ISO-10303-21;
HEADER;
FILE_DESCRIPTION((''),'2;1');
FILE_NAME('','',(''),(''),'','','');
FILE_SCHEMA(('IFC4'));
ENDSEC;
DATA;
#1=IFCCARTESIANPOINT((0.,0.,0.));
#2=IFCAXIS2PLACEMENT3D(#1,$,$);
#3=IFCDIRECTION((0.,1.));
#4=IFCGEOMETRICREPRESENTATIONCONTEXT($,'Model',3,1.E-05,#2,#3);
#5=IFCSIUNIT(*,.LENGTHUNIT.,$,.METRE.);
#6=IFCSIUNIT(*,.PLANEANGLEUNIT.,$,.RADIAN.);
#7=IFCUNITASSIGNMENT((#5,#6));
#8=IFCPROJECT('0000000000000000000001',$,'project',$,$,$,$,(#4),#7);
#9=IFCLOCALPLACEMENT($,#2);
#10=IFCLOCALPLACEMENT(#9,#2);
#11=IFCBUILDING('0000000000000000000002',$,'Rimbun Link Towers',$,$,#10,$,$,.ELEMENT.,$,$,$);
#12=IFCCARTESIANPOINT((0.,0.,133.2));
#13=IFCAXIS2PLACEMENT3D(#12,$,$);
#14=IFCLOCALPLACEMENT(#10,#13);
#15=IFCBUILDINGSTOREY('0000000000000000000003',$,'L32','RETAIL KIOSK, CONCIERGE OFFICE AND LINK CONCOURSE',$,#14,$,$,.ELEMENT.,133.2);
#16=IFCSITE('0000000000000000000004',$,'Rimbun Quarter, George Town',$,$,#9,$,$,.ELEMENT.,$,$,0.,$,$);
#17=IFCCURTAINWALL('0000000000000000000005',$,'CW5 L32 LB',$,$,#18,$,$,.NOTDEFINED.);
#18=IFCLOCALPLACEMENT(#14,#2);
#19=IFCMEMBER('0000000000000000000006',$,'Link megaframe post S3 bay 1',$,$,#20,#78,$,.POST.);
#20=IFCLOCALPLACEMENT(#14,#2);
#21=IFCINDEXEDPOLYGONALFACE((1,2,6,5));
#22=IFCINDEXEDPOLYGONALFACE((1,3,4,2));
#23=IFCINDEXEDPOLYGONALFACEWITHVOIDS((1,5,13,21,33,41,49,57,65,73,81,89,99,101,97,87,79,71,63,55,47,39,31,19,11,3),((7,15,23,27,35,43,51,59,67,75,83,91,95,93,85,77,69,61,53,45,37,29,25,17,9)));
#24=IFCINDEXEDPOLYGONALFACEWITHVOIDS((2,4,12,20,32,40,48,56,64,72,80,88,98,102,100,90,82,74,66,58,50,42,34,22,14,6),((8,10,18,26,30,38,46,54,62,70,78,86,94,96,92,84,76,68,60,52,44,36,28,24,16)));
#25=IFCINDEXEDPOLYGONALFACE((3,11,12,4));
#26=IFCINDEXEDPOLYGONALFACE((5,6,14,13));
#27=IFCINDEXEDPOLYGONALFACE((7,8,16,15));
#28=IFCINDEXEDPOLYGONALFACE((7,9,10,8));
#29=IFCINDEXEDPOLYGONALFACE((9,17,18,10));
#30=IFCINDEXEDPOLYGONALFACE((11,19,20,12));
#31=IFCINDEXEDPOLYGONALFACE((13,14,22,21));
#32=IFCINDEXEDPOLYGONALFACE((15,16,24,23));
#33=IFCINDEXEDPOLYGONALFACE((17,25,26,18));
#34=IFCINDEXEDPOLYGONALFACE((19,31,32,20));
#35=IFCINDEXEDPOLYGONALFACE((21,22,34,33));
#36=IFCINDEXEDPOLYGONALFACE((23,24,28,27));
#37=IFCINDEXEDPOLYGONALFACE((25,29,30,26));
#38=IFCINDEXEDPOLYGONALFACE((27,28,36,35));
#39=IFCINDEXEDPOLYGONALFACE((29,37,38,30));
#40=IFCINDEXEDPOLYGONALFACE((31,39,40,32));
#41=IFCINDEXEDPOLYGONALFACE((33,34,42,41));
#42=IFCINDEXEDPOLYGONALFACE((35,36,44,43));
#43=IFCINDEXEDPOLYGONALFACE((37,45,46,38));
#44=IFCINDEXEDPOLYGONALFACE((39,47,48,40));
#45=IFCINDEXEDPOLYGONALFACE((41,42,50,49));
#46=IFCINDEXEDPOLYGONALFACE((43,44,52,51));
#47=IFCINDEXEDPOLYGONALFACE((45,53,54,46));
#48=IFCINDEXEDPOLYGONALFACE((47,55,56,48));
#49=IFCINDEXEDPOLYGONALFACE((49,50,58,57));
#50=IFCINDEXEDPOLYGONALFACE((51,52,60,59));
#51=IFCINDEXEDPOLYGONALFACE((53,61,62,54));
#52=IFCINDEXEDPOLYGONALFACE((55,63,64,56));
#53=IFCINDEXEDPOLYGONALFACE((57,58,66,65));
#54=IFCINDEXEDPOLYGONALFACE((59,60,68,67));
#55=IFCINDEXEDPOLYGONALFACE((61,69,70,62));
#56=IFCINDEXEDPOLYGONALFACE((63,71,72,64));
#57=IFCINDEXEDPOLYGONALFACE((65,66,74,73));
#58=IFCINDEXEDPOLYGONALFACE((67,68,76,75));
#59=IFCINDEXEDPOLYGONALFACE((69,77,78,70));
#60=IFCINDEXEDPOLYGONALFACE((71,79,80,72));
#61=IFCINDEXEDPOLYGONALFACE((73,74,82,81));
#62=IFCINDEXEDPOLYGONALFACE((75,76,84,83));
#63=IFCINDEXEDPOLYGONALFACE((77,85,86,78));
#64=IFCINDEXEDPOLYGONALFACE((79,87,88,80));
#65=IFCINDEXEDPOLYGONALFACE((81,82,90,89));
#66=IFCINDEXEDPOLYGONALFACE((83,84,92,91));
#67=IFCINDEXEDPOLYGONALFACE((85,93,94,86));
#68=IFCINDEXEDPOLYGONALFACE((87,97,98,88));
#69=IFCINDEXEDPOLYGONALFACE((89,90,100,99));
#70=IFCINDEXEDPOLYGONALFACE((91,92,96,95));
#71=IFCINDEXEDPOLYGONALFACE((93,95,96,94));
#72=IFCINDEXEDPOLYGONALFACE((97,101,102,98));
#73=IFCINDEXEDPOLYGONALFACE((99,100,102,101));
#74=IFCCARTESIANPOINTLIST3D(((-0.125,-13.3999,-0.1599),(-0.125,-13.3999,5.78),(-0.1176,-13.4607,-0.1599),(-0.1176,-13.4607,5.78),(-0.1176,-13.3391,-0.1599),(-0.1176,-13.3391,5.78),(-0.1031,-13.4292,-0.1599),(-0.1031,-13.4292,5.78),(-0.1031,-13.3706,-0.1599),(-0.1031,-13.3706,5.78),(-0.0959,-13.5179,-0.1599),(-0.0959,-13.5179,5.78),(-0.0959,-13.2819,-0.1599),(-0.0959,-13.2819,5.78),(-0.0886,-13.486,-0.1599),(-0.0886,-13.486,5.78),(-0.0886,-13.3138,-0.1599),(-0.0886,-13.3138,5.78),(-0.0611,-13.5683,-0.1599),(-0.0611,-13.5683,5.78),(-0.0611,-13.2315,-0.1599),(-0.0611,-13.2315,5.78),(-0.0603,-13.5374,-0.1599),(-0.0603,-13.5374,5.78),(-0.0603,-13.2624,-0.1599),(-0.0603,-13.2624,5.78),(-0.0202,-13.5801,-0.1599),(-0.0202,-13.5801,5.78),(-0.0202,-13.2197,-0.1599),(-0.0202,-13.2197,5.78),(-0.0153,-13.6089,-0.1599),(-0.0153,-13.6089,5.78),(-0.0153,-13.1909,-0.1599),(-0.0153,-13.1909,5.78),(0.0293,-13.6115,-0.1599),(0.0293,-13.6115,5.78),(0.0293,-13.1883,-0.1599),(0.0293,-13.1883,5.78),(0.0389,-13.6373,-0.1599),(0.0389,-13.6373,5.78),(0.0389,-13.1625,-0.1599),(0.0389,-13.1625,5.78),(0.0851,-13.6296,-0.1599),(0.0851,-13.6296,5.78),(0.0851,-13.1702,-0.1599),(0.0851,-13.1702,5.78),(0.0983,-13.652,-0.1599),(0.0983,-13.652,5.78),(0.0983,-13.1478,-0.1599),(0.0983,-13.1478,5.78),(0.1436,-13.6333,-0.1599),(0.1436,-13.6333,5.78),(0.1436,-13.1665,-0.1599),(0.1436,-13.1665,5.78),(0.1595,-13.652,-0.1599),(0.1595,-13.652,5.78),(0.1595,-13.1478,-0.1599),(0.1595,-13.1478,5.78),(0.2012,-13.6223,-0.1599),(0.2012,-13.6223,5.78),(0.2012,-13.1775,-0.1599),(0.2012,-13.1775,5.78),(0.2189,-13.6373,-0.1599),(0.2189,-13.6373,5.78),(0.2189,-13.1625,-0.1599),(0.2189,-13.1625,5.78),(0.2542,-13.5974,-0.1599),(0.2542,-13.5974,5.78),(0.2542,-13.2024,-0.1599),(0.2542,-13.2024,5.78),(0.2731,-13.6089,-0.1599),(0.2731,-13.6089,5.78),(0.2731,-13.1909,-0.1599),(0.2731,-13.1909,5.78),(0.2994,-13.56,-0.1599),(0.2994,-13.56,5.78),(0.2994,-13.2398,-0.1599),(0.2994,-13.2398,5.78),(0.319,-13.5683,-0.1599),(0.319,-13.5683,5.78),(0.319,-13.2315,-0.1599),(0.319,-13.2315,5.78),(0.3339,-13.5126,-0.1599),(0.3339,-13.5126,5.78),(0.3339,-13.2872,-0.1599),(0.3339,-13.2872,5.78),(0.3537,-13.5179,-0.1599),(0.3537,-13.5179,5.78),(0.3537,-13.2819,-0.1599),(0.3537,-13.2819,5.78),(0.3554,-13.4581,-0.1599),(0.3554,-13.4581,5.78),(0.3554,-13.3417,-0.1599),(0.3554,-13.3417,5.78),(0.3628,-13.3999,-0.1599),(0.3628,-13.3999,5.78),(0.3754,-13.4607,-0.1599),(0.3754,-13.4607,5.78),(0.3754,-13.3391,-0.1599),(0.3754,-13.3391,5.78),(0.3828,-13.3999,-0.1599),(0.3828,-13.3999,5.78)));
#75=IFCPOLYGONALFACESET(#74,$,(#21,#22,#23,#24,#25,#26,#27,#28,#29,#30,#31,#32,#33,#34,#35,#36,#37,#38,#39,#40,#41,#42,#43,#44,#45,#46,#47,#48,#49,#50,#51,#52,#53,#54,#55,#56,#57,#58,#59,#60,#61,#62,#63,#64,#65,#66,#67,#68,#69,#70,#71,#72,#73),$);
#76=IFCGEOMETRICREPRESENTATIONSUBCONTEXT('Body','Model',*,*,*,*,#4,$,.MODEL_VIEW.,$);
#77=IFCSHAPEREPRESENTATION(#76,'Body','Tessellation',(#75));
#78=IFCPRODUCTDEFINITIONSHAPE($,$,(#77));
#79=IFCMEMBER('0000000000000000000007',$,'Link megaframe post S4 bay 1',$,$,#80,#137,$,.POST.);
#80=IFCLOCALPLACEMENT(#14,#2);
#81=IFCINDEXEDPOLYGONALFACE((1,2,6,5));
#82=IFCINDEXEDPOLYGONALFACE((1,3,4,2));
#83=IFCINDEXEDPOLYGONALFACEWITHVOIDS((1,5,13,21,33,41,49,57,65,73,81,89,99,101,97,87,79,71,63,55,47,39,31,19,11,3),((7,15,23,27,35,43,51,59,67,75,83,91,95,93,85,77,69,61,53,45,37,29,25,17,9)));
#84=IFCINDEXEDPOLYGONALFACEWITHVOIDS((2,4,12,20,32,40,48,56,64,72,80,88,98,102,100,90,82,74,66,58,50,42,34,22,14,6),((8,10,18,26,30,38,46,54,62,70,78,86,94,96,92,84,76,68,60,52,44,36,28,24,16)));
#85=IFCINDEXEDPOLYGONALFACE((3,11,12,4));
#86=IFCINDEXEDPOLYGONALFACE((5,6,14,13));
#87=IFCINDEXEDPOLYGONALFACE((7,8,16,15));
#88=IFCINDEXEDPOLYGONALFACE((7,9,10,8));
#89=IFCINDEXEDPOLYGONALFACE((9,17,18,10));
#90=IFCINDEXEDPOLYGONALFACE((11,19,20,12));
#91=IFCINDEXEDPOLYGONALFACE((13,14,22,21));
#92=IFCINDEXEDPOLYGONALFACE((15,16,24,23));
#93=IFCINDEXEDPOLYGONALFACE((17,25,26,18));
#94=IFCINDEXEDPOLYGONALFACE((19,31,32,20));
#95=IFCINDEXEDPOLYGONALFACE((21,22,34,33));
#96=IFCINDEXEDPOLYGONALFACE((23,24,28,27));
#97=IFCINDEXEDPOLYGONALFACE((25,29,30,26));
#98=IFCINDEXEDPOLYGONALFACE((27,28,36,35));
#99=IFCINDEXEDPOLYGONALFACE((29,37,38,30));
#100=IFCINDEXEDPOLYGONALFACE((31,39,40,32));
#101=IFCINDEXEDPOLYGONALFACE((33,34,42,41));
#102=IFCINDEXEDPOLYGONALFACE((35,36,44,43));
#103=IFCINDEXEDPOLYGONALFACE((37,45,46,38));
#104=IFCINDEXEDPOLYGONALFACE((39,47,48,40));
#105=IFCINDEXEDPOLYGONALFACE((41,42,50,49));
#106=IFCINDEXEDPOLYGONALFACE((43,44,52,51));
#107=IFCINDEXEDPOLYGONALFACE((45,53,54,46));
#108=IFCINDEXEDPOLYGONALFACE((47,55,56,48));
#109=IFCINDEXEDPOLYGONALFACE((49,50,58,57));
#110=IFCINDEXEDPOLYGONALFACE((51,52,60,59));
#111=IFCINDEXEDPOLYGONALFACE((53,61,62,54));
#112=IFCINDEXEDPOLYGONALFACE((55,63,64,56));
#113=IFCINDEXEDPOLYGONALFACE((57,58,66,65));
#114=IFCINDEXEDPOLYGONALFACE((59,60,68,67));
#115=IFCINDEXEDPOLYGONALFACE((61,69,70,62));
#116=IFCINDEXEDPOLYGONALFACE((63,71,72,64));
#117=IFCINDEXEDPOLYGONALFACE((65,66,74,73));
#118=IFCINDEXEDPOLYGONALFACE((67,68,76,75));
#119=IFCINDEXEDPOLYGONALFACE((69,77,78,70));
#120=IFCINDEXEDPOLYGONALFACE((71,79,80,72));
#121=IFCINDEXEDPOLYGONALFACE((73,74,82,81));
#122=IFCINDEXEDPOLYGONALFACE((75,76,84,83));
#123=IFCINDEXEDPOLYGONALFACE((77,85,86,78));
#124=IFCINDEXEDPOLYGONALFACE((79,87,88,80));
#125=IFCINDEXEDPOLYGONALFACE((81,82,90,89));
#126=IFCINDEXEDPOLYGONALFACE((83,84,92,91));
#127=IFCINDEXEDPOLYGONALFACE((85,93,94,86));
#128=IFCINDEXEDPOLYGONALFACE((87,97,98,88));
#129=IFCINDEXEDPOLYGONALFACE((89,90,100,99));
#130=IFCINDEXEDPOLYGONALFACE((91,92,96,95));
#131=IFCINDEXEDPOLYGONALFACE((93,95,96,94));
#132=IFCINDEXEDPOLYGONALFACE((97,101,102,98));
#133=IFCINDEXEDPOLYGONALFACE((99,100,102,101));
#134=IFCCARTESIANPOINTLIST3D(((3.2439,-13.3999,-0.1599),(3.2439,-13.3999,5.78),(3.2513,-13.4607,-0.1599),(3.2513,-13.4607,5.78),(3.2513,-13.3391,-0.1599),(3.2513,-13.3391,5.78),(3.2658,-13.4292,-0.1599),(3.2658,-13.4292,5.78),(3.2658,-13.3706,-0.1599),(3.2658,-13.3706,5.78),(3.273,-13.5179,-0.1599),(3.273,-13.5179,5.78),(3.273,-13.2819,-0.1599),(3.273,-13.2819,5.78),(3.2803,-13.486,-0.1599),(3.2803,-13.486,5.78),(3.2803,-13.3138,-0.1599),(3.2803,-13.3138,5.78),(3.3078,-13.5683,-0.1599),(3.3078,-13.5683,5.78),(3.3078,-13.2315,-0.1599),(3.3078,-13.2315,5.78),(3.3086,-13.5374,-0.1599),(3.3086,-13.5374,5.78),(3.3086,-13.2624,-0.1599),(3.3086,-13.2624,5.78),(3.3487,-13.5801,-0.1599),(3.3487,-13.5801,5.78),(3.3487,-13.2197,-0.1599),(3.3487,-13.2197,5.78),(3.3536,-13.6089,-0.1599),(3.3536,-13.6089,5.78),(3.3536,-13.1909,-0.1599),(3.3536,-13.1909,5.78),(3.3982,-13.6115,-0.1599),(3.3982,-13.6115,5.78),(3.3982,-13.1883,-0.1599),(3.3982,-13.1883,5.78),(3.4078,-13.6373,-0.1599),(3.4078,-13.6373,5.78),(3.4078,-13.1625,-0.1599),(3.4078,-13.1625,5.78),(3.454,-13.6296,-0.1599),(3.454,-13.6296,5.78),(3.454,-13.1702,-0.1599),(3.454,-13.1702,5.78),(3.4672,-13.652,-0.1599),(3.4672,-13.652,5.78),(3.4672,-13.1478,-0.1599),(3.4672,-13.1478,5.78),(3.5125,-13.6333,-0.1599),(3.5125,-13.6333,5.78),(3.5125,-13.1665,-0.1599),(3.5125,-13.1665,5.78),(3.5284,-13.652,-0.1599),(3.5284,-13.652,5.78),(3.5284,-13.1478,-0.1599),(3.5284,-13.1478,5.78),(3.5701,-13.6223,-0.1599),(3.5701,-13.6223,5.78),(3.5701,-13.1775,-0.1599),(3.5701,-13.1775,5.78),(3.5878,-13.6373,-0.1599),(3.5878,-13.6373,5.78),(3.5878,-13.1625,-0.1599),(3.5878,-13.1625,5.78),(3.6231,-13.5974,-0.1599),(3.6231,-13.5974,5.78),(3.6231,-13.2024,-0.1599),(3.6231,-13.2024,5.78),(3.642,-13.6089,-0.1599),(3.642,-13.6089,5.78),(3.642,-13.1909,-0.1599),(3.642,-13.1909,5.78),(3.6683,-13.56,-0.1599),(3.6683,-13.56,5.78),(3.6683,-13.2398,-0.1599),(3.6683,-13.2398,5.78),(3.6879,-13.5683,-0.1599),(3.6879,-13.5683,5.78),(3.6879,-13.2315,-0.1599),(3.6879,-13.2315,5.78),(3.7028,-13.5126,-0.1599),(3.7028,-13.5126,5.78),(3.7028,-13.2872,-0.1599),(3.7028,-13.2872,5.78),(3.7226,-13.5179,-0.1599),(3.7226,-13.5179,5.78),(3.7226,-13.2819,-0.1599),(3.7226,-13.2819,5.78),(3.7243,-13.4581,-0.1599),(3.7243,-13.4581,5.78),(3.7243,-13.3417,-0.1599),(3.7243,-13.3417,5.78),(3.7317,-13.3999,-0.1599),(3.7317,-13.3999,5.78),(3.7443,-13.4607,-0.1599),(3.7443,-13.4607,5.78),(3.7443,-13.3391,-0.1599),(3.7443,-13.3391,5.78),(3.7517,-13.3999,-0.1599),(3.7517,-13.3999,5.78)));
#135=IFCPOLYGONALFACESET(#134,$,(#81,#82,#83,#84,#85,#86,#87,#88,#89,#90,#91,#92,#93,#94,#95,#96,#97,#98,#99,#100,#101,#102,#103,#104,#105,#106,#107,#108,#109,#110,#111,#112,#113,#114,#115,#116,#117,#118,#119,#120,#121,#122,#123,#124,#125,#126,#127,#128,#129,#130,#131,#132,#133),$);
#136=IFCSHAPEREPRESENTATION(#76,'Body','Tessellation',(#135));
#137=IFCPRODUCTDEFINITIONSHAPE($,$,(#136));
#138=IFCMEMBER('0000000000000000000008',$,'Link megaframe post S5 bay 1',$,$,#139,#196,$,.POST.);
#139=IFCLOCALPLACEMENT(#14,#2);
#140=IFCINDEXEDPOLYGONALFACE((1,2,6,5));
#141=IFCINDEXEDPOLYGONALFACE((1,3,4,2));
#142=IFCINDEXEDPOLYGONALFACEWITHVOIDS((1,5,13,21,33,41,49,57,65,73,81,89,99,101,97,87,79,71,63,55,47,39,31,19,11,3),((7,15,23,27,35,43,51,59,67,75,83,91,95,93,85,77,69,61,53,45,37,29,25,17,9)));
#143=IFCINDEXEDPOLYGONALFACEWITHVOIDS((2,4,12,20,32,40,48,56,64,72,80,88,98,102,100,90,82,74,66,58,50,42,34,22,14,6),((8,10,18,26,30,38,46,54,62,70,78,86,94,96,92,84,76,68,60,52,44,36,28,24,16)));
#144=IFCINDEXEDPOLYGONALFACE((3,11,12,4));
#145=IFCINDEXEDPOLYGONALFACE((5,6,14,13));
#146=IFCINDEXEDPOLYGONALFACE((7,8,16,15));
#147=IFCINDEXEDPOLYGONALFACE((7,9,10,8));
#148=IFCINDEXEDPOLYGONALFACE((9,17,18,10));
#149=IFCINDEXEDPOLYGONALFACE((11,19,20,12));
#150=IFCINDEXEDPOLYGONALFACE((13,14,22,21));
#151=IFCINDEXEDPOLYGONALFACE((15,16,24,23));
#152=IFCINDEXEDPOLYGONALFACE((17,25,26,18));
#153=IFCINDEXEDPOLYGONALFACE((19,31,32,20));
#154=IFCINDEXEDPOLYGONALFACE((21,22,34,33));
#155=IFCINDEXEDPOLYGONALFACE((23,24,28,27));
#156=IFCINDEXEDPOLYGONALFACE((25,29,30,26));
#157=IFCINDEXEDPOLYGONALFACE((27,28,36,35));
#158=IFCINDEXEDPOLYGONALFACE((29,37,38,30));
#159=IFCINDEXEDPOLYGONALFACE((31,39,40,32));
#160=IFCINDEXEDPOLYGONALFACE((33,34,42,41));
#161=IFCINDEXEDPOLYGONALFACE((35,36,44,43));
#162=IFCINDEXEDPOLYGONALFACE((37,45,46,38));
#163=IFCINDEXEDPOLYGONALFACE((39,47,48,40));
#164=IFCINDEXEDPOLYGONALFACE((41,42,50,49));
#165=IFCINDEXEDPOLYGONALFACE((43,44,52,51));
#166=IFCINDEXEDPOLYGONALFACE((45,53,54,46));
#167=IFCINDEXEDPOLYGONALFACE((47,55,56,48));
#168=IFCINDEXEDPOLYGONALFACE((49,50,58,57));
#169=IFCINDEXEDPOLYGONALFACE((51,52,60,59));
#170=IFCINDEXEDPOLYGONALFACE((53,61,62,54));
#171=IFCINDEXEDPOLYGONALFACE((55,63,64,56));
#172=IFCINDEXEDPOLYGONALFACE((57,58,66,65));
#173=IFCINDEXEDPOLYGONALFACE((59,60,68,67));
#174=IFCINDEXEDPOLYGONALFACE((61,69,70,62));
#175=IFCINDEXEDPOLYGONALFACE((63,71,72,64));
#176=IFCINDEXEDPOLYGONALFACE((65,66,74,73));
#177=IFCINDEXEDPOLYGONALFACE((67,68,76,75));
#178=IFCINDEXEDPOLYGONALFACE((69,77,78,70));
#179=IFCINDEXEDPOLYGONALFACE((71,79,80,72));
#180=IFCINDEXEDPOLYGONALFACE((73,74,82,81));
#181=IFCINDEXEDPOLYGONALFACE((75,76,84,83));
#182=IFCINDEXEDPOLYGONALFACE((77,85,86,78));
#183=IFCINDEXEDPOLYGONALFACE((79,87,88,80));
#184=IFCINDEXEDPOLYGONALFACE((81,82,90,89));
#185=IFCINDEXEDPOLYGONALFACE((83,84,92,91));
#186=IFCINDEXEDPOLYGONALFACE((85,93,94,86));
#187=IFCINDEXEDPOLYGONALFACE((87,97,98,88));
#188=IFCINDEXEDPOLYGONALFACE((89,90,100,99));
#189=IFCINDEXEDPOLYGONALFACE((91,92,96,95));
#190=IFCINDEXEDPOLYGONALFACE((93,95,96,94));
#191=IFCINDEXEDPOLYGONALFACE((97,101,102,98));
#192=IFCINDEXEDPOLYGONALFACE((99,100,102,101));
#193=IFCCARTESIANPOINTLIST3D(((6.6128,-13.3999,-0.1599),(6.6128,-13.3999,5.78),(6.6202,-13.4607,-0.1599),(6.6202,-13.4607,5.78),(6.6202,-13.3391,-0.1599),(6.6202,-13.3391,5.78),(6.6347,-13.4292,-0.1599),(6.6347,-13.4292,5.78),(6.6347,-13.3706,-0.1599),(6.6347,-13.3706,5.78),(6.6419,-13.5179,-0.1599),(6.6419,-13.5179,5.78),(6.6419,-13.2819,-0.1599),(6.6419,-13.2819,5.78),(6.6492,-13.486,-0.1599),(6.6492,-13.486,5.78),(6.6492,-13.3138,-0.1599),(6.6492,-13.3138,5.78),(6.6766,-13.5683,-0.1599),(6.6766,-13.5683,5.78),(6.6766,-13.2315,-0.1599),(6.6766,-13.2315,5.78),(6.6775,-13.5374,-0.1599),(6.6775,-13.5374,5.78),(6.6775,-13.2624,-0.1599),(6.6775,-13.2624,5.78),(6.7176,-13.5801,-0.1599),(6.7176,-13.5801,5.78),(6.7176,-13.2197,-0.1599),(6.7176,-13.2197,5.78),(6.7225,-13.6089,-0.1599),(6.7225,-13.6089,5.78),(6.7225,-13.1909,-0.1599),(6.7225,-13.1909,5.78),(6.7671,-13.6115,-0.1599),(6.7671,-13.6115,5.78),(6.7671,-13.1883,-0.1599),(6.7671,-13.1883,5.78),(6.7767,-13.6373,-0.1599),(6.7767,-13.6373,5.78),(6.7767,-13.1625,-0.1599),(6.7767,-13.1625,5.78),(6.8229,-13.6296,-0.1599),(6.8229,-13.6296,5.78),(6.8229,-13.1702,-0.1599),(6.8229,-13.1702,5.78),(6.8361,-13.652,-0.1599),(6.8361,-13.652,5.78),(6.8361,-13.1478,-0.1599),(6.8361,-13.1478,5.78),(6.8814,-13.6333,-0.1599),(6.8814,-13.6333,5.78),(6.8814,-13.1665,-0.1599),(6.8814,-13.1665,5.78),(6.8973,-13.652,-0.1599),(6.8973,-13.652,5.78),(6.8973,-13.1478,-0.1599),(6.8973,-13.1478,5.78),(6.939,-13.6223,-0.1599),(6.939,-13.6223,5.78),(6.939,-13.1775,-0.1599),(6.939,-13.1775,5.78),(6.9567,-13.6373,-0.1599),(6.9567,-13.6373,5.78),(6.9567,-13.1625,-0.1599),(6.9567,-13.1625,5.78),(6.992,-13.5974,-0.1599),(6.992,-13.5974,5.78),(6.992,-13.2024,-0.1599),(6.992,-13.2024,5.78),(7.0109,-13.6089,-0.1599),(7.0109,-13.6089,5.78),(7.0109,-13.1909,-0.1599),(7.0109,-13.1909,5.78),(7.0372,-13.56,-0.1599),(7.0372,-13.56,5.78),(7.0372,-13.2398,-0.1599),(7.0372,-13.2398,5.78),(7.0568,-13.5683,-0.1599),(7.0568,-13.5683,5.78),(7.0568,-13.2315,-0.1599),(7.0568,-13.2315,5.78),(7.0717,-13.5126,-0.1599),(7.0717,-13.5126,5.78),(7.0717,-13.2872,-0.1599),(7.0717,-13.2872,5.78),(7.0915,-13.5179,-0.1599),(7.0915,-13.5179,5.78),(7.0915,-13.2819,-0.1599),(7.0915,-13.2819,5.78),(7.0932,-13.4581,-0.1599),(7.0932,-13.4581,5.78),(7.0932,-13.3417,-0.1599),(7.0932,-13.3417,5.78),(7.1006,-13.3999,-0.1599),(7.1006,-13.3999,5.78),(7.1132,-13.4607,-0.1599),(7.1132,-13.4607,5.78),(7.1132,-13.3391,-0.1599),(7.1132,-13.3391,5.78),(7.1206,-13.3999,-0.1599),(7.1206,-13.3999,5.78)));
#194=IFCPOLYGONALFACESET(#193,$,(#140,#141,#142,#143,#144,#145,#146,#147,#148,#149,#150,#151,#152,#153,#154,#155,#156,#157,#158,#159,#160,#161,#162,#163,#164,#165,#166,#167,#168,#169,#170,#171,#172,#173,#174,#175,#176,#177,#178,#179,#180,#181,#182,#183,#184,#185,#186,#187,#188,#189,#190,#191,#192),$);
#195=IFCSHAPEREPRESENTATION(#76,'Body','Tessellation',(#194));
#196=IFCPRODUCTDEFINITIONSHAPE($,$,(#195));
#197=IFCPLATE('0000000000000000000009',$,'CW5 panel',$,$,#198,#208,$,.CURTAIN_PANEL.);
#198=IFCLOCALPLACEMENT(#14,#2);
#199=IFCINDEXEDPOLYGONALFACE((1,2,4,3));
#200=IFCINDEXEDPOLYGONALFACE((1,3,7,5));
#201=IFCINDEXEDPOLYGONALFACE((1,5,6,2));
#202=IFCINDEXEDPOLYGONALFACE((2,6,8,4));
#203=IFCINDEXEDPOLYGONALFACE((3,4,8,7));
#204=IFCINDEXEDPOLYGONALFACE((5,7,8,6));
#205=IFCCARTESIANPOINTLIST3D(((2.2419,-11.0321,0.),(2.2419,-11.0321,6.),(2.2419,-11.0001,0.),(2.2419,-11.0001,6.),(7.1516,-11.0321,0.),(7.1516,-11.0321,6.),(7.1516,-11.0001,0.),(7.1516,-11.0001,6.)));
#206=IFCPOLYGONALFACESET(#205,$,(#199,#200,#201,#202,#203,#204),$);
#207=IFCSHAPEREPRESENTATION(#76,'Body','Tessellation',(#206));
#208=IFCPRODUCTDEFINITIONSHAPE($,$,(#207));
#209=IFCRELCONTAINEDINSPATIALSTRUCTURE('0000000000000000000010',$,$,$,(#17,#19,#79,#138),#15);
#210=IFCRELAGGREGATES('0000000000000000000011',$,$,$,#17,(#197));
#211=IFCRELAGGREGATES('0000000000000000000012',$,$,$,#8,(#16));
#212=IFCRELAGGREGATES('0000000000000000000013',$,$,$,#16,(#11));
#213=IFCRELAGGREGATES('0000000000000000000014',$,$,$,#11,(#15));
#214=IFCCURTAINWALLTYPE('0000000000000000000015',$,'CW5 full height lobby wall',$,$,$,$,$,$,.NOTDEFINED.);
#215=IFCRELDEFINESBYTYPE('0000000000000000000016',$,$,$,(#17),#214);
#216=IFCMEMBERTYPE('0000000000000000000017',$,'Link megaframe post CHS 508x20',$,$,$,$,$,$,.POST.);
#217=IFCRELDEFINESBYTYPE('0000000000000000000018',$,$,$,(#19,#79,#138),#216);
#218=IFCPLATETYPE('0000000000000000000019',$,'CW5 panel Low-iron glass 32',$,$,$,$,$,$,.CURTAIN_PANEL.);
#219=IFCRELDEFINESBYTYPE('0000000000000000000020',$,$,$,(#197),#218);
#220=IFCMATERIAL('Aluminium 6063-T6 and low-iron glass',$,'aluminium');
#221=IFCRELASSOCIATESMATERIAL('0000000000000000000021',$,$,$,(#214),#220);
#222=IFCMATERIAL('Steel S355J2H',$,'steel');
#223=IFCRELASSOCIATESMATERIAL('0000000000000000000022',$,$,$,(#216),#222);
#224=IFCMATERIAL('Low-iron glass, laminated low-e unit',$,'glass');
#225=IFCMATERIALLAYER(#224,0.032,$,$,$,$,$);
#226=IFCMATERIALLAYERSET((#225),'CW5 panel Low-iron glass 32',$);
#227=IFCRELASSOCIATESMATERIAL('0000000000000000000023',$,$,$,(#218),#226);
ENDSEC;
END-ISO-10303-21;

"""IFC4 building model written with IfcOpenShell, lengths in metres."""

from ifc_helpers import new_model, si_unit, direction, frame, origin, origin_2d, place, context, subcontext, project, spatial, rectangle, hollow_circle, extrude, material, layer, layer_set, material_profile, profile_set, type_object, element, aggregate, save


model = new_model("IFC4")

# Units and contexts
model_context = context("Model", 3, precision=1e-05, world=origin(), true_north=direction((0.0, 1.0)))
body_context = subcontext(model_context, "Body", "Model", "MODEL_VIEW")
ifc_project = project(units=[si_unit("LENGTHUNIT", "METRE"), si_unit("PLANEANGLEUNIT", "RADIAN")], contexts=[model_context])

# Site, building, storey
site_placement = place(None, origin())
site = spatial("IfcSite", under=ifc_project, at=site_placement, Name="Rimbun Quarter, George Town", CompositionType="ELEMENT", RefElevation=0.0)
building_placement = place(site_placement, origin())
building = spatial("IfcBuilding", under=site, at=building_placement, Name="Rimbun Link Towers", CompositionType="ELEMENT")
storey_placement = place(building_placement, frame((0.0, 0.0, 133.2)))
storey = spatial("IfcBuildingStorey", under=building, at=storey_placement, Name="L32", Description="RETAIL KIOSK, CONCIERGE OFFICE AND LINK CONCOURSE", CompositionType="ELEMENT", Elevation=133.2)

# Curtain wall
ifc_material_1 = material(Name="Aluminium 6063-T6 and low-iron glass", Category="aluminium")
curtain_wall_type = type_object("IfcCurtainWallType", Name="CW5 full height lobby wall", PredefinedType="NOTDEFINED", material=ifc_material_1)
curtain_wall_placement = place(storey_placement, origin())
curtain_wall = element("IfcCurtainWall", 1, at=curtain_wall_placement, inside=storey, type_object=curtain_wall_type, Name="CW5 L32 LB", PredefinedType="NOTDEFINED")

# Members
ifc_material_2 = material(Name="Steel S355J2H", Category="steel")
ifc_material_profile_1 = material_profile(ifc_material_2, hollow_circle(Radius=0.2539, WallThickness=0.02, at=origin_2d()), Name="CHS 508x20")
ifc_profile_set_1 = profile_set([ifc_material_profile_1], Name="Steel S355J2H")
member_type_1 = type_object("IfcMemberType", Name="Link megaframe post CHS 508x20", PredefinedType="POST", material=ifc_profile_set_1)
for number, where, z_axis, x_axis, name in (
    (2, (0.1289, -13.3999, -0.1599), (0.0, 0.0, 1.0), (1.0, 0.0, 0.0), "Link megaframe post S3 bay 1"),
    (3, (3.4978, -13.3999, -0.1599), (0.0, 0.0, 1.0), (1.0, 0.0, 0.0), "Link megaframe post S4 bay 1"),
    (4, (6.8667, -13.3999, -0.1599), (0.0, 0.0, 1.0), (1.0, 0.0, 0.0), "Link megaframe post S5 bay 1"),
):
    element("IfcMember", number, at=place(storey_placement, frame(where, z_axis=z_axis, x_axis=x_axis)), inside=storey, type_object=member_type_1, Name=name, PredefinedType="POST", context=body_context, shape_type="SweptSolid", body=[
        extrude(hollow_circle(Radius=0.2539, WallThickness=0.02, at=origin_2d()), origin(), (0.0, 0.0, 1.0), 5.9399),
    ])

# Plate
ifc_material_3 = material(Name="Low-iron glass, laminated low-e unit", Category="glass")
ifc_layer_1 = layer(ifc_material_3, 0.032)
ifc_layer_set_1 = layer_set([ifc_layer_1], Name="CW5 panel Low-iron glass 32")
plate_type = type_object("IfcPlateType", Name="CW5 panel Low-iron glass 32", PredefinedType="CURTAIN_PANEL", material=ifc_layer_set_1)
plate_placement = place(storey_placement, frame((4.6968, -11.0161, 0.0), z_axis=(0.0, 0.0, 1.0), x_axis=(-1.0, 0.0, 0.0)))
plate = element("IfcPlate", 5, at=plate_placement, type_object=plate_type, Name="CW5 panel", PredefinedType="CURTAIN_PANEL", context=body_context, shape_type="SweptSolid", body=[
    extrude(rectangle(XDim=4.9097, YDim=0.032, at=origin_2d()), origin(), (0.0, 0.0, 1.0), 6.0),
])
aggregate(curtain_wall, [plate])

save(model, "model.ifc")
